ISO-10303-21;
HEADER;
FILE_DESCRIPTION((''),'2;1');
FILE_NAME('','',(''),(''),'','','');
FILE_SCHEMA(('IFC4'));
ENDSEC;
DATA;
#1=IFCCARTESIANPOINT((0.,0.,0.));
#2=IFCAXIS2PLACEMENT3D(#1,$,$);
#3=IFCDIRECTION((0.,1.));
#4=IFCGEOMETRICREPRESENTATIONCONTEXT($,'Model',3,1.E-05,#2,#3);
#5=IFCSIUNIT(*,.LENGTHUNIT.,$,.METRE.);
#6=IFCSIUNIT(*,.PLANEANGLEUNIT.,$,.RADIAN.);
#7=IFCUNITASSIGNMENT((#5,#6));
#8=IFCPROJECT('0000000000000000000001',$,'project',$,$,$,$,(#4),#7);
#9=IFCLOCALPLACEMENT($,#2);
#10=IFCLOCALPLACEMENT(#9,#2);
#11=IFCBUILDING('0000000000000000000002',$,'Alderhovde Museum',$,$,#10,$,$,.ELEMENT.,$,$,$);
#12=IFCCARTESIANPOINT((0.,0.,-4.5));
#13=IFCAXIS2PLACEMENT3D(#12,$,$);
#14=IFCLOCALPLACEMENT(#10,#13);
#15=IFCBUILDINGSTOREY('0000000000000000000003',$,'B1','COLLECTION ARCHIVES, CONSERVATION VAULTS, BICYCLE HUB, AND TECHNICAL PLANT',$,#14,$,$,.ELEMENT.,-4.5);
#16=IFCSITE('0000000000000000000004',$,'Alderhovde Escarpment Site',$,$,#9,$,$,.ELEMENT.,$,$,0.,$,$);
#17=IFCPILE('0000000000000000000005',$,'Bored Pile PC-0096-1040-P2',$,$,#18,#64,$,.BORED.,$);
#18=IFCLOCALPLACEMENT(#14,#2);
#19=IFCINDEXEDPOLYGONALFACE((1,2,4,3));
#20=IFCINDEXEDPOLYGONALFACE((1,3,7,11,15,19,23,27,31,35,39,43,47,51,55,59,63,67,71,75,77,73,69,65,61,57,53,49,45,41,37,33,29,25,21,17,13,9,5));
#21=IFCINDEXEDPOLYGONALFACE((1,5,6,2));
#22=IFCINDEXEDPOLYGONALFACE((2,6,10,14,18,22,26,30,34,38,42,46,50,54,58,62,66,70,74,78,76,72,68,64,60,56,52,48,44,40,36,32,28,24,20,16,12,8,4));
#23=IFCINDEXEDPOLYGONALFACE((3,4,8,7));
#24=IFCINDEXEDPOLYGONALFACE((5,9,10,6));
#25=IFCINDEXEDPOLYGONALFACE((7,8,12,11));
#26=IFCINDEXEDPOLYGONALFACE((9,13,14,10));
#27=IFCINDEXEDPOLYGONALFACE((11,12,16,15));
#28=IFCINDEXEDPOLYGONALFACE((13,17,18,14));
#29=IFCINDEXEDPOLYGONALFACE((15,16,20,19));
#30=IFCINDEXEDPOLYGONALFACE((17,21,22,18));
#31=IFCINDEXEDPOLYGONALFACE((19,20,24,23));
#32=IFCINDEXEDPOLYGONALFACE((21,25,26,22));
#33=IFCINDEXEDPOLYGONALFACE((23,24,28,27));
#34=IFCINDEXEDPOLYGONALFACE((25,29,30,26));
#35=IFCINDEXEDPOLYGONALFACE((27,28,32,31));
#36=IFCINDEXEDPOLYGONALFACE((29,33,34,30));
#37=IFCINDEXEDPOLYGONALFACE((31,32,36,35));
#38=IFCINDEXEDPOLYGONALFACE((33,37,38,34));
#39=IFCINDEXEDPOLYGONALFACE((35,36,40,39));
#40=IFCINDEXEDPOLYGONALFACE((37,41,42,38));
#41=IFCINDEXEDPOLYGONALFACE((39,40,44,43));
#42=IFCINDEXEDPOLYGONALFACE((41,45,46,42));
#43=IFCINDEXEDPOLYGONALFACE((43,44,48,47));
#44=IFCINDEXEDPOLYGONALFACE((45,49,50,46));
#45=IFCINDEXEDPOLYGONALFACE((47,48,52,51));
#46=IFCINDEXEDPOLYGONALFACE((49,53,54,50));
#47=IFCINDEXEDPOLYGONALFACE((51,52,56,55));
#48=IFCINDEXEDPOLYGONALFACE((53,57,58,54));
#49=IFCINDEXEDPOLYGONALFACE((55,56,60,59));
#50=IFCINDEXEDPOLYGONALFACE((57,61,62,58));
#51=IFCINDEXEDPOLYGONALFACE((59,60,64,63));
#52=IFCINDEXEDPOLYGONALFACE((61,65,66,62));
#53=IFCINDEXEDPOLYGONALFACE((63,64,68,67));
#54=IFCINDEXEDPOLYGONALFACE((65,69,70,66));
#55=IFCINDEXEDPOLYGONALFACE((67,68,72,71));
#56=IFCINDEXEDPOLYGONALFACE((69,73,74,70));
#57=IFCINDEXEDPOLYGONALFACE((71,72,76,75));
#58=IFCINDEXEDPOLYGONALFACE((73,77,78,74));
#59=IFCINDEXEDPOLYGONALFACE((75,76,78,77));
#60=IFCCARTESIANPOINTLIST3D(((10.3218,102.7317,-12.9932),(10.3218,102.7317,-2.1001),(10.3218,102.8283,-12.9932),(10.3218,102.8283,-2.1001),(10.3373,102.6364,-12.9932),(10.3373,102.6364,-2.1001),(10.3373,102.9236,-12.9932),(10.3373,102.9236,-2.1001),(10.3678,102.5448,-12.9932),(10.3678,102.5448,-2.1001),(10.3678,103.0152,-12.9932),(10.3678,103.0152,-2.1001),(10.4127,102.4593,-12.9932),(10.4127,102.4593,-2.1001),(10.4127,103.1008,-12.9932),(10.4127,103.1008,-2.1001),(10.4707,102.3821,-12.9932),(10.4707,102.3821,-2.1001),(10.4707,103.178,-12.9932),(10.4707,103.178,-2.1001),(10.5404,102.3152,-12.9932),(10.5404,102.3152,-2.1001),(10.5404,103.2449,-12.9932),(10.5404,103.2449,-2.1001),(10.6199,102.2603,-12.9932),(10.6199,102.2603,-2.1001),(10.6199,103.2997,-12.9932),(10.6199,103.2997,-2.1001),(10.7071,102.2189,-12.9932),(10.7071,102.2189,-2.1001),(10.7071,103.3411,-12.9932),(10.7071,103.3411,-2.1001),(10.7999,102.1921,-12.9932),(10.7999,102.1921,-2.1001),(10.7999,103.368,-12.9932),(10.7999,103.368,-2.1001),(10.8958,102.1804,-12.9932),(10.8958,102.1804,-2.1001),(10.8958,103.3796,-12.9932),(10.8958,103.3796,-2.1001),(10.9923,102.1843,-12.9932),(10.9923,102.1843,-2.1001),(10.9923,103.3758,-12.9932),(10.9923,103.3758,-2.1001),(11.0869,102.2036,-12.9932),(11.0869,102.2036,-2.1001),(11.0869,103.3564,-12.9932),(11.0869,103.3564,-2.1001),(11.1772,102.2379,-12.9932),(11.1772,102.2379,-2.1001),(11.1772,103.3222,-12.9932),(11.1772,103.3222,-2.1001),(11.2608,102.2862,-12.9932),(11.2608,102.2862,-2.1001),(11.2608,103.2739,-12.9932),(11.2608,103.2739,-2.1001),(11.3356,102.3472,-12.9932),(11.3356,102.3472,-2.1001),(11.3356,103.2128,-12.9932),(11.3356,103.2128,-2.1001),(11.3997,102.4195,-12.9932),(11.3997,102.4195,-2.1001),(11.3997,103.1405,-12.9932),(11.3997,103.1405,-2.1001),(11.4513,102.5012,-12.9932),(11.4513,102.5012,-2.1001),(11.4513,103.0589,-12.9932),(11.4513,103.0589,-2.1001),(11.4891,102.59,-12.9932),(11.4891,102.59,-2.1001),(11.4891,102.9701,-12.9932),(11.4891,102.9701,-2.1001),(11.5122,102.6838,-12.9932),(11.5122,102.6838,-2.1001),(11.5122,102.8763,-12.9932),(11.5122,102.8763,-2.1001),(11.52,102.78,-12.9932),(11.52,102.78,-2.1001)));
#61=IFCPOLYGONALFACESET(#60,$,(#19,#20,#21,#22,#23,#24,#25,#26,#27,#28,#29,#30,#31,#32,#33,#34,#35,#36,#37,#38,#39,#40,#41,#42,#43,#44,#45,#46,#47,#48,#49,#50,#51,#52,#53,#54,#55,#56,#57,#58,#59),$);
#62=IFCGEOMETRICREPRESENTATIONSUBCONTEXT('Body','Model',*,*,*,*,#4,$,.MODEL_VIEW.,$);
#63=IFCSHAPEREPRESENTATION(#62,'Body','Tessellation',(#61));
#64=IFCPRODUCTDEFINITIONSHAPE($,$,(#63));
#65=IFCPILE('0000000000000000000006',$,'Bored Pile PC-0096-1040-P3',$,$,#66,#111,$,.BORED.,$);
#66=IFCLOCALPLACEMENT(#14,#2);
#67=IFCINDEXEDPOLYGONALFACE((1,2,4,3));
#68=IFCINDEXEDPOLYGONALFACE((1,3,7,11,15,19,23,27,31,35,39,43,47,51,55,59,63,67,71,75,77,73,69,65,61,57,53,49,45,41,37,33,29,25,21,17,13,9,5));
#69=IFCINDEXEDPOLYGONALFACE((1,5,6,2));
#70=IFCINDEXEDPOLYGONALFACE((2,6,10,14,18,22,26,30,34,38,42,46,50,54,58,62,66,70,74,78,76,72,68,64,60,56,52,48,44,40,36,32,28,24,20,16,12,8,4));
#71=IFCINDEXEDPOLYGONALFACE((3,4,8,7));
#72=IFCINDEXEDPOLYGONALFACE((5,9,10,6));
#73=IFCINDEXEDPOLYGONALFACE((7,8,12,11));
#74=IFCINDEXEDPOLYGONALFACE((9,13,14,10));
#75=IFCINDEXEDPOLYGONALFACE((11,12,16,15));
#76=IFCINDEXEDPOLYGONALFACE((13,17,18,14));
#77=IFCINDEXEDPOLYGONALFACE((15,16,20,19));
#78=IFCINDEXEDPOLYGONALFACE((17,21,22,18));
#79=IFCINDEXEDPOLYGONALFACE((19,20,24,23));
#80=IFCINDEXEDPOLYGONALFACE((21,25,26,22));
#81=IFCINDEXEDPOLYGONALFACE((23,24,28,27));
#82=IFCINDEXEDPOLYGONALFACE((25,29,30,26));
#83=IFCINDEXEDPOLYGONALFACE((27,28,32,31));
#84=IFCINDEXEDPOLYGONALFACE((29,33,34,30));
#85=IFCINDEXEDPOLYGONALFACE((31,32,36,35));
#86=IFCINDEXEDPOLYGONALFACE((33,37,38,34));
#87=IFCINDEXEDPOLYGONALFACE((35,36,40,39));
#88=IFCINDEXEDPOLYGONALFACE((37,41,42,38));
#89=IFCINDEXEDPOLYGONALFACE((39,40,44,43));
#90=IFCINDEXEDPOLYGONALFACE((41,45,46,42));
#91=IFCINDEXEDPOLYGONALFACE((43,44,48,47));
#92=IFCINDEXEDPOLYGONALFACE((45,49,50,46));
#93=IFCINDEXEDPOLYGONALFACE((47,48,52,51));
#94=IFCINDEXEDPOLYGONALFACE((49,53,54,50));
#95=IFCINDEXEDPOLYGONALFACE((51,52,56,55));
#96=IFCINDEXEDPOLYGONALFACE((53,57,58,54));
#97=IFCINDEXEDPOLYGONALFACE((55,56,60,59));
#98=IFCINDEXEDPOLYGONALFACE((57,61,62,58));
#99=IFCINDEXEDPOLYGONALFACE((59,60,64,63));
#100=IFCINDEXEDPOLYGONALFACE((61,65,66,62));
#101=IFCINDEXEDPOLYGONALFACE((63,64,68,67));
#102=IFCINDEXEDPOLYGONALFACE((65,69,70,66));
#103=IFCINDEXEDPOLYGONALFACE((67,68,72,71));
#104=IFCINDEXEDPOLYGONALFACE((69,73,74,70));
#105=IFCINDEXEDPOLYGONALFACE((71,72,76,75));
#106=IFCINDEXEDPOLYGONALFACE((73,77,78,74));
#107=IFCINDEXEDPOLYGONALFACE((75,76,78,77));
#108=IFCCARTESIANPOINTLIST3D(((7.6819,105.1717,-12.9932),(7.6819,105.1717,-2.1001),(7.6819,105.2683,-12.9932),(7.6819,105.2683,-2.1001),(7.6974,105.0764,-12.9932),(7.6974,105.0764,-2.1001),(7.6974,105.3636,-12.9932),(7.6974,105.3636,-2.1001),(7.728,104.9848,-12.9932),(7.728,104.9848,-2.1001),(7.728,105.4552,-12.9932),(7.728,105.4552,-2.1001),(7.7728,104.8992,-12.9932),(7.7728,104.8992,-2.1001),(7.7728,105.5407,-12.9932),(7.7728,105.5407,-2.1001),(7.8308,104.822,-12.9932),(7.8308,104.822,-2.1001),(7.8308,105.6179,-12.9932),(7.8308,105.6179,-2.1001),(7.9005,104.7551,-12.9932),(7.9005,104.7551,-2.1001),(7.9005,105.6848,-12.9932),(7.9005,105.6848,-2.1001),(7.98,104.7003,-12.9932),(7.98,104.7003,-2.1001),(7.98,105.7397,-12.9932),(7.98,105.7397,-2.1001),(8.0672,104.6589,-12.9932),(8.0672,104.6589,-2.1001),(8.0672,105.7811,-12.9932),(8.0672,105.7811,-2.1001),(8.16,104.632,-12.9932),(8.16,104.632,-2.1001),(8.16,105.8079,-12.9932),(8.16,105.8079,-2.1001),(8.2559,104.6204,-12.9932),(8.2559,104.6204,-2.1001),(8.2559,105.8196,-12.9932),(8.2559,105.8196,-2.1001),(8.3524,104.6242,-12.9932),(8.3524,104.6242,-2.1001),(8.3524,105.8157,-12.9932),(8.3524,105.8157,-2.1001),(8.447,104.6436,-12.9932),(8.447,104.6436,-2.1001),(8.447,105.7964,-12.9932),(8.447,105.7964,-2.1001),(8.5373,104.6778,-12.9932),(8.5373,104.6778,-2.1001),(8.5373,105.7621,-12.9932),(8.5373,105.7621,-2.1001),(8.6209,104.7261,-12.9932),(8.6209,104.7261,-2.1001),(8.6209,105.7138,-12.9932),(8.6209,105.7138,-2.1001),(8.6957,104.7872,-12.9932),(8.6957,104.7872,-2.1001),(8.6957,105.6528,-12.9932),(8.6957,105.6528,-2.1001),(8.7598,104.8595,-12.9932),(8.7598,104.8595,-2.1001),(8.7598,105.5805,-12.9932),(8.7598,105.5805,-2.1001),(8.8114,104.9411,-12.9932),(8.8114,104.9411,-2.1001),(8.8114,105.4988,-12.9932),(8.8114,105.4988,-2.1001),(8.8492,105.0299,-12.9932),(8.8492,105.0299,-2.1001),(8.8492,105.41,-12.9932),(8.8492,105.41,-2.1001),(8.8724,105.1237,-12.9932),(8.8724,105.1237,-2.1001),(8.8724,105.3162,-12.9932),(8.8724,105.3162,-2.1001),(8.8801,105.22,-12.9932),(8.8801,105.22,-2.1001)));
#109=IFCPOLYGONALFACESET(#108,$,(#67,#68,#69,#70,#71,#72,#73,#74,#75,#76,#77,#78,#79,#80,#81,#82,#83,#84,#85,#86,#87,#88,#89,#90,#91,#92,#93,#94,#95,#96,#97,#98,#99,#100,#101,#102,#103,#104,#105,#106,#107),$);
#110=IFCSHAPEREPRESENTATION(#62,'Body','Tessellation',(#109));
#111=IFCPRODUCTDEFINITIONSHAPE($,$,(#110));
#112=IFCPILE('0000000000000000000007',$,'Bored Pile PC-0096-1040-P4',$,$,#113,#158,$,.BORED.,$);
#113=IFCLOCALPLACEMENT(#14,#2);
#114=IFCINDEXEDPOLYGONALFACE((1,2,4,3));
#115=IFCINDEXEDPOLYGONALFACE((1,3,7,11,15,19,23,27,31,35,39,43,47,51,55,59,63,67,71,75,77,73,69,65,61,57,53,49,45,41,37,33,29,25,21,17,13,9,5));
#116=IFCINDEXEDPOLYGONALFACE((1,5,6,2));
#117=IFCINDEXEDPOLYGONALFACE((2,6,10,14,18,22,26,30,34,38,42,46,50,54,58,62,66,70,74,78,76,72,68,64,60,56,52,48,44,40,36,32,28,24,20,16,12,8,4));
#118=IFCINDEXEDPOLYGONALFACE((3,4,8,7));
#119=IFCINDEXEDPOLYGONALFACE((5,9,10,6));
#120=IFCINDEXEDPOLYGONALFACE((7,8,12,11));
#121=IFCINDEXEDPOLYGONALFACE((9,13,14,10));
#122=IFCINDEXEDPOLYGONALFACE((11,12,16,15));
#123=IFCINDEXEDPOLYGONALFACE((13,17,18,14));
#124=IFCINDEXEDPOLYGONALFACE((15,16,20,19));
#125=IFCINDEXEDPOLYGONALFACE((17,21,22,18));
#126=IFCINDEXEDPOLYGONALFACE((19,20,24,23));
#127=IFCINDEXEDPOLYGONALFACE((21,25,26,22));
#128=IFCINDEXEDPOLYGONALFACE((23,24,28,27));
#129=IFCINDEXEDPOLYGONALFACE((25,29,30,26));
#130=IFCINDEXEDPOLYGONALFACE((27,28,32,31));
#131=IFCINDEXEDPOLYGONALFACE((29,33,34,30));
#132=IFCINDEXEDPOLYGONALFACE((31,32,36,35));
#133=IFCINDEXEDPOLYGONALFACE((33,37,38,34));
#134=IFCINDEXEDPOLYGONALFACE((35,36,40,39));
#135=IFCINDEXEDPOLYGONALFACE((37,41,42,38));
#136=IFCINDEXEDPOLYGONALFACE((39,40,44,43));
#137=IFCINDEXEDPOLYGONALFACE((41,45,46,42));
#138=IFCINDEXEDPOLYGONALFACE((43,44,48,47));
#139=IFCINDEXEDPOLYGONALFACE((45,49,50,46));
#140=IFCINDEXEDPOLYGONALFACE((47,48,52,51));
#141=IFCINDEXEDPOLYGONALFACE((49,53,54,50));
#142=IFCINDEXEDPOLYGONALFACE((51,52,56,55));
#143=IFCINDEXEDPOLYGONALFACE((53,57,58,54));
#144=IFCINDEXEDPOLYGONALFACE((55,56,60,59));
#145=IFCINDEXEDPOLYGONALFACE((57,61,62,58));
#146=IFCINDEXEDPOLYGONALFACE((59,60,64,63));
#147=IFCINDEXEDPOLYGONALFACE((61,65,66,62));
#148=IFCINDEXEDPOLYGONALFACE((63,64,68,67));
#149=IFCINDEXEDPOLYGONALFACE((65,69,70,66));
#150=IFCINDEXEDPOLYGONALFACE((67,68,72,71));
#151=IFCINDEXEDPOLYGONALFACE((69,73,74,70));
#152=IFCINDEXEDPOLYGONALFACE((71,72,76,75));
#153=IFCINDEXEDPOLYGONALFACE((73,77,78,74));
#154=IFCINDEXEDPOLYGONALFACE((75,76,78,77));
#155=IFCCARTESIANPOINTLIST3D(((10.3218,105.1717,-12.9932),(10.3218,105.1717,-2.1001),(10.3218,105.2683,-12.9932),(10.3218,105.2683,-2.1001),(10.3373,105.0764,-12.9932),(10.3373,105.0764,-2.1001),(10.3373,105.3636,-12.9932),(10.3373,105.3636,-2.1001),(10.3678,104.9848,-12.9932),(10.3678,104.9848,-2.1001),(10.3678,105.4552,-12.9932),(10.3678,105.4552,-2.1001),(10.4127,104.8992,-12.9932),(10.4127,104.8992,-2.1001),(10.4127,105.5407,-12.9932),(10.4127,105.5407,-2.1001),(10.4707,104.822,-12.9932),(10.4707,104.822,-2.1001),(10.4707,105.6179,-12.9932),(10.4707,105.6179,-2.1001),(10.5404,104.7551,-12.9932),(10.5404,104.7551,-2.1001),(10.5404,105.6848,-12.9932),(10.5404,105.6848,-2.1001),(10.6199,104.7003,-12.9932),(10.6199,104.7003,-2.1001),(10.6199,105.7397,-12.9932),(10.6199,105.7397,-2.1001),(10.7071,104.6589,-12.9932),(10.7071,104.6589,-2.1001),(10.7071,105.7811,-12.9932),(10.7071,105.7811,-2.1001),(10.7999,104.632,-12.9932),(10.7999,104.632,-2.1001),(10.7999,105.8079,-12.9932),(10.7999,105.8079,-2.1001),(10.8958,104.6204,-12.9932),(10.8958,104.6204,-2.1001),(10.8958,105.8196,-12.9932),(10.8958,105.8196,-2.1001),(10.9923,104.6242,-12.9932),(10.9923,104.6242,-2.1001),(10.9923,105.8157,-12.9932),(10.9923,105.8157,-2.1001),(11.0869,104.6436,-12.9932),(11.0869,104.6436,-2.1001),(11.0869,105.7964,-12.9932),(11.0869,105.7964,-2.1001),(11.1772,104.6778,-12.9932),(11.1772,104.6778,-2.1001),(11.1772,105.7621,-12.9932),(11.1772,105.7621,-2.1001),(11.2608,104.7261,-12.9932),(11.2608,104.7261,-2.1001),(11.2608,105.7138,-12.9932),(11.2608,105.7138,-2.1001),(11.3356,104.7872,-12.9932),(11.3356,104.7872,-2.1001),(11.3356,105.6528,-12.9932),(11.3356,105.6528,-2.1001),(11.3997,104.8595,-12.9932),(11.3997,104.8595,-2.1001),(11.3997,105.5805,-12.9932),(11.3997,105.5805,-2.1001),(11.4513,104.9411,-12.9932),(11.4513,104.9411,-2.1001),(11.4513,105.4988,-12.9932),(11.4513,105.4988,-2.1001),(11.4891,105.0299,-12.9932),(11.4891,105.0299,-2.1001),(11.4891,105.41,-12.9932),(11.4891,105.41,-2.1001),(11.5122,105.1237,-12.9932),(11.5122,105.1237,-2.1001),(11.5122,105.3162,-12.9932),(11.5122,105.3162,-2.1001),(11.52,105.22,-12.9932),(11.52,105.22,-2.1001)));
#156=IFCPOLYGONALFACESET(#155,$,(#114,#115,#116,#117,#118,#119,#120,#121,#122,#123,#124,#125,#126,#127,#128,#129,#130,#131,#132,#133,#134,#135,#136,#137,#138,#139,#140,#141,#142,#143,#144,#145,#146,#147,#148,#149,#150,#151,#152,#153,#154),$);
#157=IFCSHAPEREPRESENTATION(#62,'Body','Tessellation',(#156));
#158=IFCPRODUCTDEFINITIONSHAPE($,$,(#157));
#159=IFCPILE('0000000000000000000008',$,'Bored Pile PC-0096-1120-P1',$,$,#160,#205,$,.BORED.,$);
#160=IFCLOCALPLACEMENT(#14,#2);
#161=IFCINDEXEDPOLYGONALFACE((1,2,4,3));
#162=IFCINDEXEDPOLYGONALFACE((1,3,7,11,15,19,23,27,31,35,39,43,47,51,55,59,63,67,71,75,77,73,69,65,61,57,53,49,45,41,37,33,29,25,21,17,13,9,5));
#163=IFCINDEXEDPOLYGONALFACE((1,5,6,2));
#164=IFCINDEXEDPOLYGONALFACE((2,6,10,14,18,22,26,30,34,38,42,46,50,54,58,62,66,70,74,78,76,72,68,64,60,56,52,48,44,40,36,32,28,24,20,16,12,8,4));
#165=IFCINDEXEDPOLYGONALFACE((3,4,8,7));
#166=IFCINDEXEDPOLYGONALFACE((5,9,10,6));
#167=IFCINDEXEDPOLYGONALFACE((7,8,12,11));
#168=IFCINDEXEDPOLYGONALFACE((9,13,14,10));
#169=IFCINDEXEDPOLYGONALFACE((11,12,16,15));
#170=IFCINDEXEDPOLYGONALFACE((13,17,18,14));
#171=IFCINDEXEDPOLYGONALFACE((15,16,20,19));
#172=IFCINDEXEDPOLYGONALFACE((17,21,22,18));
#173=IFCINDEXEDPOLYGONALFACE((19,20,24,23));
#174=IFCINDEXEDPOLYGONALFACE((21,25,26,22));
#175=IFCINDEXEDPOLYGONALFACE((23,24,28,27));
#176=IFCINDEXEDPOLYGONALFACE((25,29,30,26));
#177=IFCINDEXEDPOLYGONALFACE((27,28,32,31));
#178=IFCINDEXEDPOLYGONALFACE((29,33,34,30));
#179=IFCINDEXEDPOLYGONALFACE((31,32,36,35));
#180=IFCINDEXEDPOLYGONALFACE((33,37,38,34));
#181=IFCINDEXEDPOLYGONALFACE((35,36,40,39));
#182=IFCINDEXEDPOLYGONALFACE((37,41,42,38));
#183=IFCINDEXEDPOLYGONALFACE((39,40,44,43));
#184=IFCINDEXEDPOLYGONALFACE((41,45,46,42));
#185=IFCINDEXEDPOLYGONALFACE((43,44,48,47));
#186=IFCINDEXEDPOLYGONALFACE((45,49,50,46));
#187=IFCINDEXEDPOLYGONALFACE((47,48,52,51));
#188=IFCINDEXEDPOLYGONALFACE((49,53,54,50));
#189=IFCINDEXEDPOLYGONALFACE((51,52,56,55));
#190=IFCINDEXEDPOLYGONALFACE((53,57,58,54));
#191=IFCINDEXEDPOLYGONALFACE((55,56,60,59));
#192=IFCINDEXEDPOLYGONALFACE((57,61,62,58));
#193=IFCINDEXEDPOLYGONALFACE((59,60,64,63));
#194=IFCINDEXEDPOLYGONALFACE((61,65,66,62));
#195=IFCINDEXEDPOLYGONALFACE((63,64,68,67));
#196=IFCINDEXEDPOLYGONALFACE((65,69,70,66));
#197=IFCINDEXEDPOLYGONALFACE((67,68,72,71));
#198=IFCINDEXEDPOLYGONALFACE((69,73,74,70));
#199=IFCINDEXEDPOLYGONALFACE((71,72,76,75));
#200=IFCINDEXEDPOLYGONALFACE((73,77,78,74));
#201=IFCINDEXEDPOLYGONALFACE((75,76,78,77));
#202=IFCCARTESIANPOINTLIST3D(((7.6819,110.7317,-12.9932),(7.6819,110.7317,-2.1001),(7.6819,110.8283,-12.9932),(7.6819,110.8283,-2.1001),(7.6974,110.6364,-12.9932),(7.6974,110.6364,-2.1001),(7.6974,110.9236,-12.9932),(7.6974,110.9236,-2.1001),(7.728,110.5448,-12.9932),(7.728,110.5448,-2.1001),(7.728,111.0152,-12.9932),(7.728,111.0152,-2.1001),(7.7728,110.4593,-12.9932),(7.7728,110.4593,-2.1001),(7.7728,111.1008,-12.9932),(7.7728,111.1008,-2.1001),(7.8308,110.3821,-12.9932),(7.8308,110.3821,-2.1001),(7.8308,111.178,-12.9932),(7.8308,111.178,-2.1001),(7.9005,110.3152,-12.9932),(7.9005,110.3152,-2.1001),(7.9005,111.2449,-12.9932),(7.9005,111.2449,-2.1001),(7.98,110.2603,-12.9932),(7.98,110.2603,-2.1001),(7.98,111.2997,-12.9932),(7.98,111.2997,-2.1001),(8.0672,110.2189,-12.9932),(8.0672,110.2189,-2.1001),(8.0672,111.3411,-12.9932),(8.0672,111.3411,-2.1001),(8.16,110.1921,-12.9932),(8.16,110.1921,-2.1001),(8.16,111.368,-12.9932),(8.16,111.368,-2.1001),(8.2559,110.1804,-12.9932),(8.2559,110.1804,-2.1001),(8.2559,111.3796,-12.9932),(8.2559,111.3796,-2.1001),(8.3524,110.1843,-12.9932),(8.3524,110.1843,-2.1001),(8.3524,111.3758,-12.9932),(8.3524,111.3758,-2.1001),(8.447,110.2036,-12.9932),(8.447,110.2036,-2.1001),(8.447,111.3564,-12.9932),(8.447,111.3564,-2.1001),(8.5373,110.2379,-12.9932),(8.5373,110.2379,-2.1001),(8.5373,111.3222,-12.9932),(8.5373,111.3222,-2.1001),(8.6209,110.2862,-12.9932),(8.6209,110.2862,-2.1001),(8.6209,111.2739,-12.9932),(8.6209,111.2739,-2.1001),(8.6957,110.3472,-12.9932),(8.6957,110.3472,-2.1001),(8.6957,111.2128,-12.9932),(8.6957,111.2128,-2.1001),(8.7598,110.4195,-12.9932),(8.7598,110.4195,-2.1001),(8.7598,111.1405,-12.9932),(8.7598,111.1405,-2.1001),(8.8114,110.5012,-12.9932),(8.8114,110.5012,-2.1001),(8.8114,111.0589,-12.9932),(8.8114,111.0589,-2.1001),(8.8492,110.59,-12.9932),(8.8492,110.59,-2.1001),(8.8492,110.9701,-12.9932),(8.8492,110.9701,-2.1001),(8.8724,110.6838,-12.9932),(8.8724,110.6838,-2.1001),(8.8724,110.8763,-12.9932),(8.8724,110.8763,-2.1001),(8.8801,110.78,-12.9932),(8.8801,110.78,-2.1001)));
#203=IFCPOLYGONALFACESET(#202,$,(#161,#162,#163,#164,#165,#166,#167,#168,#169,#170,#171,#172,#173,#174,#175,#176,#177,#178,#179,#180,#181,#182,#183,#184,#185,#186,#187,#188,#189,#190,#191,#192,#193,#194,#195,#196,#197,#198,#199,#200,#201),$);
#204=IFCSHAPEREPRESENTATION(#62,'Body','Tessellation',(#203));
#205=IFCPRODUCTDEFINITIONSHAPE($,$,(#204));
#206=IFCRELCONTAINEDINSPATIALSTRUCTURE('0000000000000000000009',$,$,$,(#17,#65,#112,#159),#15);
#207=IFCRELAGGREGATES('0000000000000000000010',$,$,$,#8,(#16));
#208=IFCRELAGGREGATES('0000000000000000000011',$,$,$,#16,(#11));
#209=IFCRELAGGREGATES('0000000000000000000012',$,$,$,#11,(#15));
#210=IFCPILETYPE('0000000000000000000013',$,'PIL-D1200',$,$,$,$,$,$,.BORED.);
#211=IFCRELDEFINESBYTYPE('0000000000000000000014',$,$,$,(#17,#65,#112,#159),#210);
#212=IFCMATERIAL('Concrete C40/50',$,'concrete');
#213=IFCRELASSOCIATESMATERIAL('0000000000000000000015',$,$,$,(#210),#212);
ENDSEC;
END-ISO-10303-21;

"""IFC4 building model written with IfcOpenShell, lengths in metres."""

from ifc_helpers import new_model, si_unit, direction, frame, origin, origin_2d, place, context, subcontext, project, spatial, circle, extrude, material, material_profile, profile_set, type_object, element, save


model = new_model("IFC4")

# Units and contexts
model_context = context("Model", 3, precision=1e-05, world=origin(), true_north=direction((0.0, 1.0)))
body_context = subcontext(model_context, "Body", "Model", "MODEL_VIEW")
ifc_project = project(units=[si_unit("LENGTHUNIT", "METRE"), si_unit("PLANEANGLEUNIT", "RADIAN")], contexts=[model_context])

# Site, building, storey
site_placement = place(None, origin())
site = spatial("IfcSite", under=ifc_project, at=site_placement, Name="Alderhovde Escarpment Site", CompositionType="ELEMENT", RefElevation=0.0)
building_placement = place(site_placement, origin())
building = spatial("IfcBuilding", under=site, at=building_placement, Name="Alderhovde Museum", CompositionType="ELEMENT")
storey_placement = place(building_placement, frame((0.0, 0.0, -4.5)))
storey = spatial("IfcBuildingStorey", under=building, at=storey_placement, Name="B1", Description="COLLECTION ARCHIVES, CONSERVATION VAULTS, BICYCLE HUB, AND TECHNICAL PLANT", CompositionType="ELEMENT", Elevation=-4.5)

# Piles
ifc_material_1 = material(Name="Concrete C40/50", Category="concrete")
ifc_material_profile_1 = material_profile(ifc_material_1, circle(Radius=0.6001, at=origin_2d()), Name="PILE-D1200")
ifc_profile_set_1 = profile_set([ifc_material_profile_1], Name="Concrete C40/50")
pile_type = type_object("IfcPileType", Name="PIL-D1200", PredefinedType="BORED", material=ifc_profile_set_1)
for number, where, z_axis, x_axis, name in (
    (1, (10.9199, 102.78, -2.1001), (0.0, 0.0, -1.0), (1.0, 0.0, 0.0), "Bored Pile PC-0096-1040-P2"),
    (2, (8.28, 105.22, -2.1001), (0.0, 0.0, -1.0), (1.0, 0.0, 0.0), "Bored Pile PC-0096-1040-P3"),
    (3, (10.9199, 105.22, -2.1001), (0.0, 0.0, -1.0), (1.0, 0.0, 0.0), "Bored Pile PC-0096-1040-P4"),
    (4, (8.28, 110.78, -2.1001), (0.0, 0.0, -1.0), (1.0, 0.0, 0.0), "Bored Pile PC-0096-1120-P1"),
):
    element("IfcPile", number, at=place(storey_placement, frame(where, z_axis=z_axis, x_axis=x_axis)), inside=storey, type_object=pile_type, Name=name, PredefinedType="BORED", context=body_context, shape_type="SweptSolid", body=[
        extrude(circle(Radius=0.6001, at=origin_2d()), origin(), (0.0, 0.0, 1.0), 10.8931),
    ])

save(model, "model.ifc")
